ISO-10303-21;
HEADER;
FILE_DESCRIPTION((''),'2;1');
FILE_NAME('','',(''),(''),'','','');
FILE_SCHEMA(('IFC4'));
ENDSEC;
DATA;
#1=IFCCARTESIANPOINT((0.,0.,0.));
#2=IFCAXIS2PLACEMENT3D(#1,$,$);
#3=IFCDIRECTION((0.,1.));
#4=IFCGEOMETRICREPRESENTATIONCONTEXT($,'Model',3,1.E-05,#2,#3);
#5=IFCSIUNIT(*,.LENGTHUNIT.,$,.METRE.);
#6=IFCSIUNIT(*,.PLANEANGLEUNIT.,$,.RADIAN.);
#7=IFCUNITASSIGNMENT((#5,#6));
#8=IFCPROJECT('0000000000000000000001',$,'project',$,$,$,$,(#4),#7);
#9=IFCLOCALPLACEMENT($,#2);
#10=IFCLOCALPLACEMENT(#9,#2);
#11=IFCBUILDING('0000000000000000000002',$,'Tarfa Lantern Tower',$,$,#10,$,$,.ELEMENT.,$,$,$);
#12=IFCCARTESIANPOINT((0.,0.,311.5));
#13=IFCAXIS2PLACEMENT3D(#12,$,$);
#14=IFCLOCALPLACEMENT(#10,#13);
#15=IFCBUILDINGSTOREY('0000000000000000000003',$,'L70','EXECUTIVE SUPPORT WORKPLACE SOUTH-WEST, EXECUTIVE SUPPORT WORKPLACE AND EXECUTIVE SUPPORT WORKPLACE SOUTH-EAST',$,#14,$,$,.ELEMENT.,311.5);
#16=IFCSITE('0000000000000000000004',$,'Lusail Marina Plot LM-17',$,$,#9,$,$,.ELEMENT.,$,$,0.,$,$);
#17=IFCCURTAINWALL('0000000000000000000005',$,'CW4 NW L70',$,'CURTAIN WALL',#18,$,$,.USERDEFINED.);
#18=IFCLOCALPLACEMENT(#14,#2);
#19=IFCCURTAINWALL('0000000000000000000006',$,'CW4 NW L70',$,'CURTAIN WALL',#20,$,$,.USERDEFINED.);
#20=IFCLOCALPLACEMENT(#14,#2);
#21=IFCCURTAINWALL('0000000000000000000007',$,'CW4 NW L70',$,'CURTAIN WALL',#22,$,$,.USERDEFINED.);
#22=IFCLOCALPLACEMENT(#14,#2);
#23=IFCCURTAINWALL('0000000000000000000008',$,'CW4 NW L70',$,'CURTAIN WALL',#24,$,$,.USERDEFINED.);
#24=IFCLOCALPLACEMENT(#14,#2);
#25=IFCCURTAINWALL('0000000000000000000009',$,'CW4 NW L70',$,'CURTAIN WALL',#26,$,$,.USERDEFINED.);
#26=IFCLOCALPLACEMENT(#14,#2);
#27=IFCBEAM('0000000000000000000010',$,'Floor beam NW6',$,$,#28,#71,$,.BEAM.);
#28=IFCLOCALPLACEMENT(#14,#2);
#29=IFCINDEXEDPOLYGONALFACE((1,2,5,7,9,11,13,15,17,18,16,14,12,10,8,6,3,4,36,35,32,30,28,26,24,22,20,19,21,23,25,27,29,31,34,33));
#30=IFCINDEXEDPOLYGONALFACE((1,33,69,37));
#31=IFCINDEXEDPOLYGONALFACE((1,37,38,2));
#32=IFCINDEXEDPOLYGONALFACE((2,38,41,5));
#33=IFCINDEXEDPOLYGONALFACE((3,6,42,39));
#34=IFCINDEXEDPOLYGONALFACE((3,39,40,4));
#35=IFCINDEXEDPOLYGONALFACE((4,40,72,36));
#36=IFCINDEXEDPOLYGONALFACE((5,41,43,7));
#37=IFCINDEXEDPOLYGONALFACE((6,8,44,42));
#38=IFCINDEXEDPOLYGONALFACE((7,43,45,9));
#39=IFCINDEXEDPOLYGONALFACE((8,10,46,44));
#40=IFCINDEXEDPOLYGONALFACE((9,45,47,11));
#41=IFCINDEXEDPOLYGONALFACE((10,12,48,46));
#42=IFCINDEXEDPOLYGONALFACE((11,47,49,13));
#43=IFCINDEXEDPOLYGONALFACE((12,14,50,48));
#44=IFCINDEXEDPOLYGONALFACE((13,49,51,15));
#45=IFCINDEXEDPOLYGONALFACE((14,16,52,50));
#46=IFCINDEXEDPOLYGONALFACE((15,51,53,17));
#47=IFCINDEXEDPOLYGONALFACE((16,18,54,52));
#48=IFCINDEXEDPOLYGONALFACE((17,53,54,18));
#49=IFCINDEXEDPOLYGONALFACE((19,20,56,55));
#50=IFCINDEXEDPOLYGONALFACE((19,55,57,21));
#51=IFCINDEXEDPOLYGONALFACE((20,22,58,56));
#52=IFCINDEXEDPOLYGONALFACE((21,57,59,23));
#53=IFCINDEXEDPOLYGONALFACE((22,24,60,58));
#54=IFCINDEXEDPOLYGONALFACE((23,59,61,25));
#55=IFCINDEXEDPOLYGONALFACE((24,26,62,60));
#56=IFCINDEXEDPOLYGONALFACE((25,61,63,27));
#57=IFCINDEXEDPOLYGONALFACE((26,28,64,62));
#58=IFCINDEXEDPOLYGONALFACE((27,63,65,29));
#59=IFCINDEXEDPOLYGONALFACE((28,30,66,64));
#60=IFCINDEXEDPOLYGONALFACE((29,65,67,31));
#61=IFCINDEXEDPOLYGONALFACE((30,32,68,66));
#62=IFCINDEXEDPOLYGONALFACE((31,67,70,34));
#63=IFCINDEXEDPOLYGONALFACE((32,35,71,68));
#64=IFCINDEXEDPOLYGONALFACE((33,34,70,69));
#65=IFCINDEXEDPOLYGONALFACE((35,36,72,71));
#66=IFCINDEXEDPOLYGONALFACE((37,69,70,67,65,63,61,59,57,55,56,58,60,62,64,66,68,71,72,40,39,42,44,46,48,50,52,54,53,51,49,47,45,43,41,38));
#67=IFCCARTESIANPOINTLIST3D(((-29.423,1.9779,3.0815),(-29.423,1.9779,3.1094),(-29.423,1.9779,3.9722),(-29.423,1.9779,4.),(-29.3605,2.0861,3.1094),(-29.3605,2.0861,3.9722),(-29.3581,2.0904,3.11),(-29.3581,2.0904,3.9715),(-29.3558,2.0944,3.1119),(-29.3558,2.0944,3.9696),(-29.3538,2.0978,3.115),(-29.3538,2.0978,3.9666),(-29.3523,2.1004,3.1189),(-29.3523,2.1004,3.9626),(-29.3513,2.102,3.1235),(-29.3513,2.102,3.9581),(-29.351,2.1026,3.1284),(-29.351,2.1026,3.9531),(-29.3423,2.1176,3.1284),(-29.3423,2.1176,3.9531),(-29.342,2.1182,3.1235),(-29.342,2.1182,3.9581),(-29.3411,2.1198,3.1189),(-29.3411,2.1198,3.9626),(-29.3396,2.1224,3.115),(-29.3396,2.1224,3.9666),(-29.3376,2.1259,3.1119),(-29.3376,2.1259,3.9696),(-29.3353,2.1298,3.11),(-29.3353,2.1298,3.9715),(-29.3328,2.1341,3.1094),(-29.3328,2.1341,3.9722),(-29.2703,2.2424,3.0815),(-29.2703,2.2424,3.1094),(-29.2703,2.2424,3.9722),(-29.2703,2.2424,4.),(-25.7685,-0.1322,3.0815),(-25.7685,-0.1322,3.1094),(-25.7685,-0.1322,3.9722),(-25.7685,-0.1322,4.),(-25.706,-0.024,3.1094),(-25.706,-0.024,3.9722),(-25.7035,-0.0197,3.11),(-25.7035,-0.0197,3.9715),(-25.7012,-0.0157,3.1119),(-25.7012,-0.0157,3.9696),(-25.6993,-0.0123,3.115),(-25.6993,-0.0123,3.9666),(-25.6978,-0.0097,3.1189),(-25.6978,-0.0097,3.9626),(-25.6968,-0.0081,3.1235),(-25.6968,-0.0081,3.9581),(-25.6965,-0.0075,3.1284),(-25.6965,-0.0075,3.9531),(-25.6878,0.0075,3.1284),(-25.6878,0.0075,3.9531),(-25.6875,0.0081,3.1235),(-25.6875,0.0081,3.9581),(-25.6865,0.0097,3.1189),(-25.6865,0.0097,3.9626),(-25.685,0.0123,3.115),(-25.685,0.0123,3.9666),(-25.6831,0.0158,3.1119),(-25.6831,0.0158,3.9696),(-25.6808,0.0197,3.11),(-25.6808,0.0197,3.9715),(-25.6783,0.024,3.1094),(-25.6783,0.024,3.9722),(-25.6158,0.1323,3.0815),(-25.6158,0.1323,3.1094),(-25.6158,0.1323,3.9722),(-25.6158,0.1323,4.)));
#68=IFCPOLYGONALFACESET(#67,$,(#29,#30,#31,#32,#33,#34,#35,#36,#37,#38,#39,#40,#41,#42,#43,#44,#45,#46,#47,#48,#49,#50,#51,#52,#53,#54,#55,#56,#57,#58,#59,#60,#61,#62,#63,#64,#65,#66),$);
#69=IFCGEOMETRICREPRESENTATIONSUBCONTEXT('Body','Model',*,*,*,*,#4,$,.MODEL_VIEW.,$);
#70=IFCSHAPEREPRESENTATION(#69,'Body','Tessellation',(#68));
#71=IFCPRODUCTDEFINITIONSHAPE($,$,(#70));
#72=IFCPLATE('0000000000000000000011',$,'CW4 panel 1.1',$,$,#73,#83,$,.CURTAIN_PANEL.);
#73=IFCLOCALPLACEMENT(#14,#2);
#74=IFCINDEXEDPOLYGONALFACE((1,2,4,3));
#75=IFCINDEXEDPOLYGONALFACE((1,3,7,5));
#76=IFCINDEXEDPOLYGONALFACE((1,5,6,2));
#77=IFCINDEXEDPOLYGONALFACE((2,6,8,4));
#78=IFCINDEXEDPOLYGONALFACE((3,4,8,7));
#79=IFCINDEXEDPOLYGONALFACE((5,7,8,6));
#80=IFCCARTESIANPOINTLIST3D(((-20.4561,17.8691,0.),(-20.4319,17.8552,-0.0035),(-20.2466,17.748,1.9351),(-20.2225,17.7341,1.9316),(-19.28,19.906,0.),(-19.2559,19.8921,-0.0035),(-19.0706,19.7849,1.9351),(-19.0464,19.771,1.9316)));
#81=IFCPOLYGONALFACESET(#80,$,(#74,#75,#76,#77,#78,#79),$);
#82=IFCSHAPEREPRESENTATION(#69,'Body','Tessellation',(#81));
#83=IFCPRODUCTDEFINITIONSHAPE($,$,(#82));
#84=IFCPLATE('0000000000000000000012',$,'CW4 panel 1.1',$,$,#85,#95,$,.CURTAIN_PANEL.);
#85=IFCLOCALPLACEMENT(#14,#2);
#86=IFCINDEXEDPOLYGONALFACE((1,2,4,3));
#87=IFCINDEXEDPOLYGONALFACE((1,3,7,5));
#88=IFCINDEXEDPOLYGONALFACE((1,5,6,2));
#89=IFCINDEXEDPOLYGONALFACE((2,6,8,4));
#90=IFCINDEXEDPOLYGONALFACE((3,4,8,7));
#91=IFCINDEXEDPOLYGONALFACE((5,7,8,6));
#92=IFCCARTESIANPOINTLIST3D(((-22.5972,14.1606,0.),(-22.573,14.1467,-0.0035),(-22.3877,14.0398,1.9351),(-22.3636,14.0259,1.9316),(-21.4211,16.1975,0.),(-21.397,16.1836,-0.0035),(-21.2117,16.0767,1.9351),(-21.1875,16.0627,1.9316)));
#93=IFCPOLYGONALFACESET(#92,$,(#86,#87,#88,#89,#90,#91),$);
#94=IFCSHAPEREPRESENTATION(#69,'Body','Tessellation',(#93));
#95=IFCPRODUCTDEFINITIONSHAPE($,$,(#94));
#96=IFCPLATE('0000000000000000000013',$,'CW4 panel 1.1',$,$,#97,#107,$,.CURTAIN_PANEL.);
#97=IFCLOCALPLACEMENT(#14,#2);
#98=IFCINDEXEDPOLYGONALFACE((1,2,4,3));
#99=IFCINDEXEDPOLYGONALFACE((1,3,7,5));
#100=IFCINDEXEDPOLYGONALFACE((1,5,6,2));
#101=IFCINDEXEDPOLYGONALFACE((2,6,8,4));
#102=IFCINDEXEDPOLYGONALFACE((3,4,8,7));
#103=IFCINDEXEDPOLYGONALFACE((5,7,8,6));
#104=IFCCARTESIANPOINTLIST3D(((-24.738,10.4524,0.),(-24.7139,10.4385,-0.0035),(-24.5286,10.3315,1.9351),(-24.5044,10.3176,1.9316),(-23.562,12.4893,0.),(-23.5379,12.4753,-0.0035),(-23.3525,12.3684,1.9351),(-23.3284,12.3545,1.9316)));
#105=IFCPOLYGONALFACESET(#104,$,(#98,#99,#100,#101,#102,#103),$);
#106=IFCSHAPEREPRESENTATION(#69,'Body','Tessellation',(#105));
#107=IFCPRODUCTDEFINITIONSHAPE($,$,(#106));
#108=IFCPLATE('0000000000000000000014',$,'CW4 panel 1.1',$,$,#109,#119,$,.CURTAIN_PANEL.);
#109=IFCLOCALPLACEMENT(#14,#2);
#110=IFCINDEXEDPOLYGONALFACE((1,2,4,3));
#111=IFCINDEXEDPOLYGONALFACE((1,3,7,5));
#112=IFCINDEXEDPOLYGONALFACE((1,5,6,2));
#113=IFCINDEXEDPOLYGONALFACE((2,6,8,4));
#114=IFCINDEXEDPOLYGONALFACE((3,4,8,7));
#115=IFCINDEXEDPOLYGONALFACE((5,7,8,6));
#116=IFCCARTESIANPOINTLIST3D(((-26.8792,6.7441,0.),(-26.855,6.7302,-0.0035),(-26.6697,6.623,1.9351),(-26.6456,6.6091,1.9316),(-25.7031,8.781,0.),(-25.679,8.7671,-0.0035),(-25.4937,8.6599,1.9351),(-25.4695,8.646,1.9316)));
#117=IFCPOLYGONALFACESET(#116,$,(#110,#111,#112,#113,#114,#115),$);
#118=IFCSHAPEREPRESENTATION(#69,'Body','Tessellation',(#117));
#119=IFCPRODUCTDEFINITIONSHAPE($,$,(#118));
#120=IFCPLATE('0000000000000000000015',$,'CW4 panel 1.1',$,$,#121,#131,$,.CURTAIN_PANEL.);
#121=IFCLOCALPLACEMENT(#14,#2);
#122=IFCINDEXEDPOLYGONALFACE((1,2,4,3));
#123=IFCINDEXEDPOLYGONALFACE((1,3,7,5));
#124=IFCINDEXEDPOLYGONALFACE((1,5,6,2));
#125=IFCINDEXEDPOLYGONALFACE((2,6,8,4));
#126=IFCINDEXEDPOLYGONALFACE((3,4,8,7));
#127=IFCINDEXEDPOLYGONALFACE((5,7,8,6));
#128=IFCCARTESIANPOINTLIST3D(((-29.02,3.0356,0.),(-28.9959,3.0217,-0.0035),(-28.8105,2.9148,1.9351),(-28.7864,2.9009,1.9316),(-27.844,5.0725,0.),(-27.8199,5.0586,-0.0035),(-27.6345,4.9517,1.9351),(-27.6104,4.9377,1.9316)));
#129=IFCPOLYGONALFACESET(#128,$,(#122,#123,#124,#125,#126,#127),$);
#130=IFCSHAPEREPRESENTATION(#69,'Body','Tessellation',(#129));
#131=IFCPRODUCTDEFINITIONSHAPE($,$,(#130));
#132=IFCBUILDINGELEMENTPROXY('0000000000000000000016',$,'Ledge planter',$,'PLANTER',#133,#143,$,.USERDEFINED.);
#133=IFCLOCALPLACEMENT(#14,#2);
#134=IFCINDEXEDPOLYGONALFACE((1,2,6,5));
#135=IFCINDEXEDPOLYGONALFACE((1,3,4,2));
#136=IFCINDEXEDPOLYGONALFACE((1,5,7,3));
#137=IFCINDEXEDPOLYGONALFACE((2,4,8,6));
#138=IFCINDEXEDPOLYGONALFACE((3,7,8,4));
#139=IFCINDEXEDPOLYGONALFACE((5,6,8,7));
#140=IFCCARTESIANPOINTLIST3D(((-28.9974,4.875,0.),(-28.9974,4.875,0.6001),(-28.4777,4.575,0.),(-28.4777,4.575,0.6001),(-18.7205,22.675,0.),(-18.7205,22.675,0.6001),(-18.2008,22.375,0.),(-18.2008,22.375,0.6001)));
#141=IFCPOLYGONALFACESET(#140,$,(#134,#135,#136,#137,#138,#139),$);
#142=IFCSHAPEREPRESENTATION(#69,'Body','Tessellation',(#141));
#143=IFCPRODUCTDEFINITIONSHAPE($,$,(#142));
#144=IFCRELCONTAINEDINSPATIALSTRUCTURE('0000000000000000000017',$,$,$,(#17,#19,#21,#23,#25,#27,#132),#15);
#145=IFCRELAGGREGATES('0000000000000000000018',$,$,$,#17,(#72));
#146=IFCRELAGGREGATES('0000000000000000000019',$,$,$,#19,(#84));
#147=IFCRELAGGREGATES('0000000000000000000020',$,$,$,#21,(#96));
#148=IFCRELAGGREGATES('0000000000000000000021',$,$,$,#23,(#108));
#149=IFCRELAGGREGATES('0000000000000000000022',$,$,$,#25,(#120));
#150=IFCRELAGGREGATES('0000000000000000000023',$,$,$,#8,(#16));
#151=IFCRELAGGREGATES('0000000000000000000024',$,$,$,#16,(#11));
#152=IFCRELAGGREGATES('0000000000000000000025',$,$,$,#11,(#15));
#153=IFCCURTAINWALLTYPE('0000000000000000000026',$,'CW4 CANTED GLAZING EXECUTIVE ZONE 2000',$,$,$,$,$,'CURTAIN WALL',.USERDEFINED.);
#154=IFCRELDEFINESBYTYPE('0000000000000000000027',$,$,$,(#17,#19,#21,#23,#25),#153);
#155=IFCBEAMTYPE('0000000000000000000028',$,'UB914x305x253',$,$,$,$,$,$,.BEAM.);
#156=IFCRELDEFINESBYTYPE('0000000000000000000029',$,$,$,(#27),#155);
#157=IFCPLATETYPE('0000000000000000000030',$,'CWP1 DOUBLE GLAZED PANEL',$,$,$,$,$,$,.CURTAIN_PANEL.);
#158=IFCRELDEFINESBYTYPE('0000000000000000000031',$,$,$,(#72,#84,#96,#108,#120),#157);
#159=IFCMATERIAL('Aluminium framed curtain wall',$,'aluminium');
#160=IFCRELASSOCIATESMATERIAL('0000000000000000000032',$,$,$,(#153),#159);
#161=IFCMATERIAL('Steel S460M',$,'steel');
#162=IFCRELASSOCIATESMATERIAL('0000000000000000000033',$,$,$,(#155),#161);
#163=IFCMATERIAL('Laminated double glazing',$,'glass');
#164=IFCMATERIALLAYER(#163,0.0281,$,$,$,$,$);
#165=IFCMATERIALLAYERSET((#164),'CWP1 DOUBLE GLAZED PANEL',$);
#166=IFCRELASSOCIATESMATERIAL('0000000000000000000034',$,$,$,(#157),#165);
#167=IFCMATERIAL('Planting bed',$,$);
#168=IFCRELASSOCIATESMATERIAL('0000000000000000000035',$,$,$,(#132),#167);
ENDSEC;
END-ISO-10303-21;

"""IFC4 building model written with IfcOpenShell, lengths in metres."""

from ifc_helpers import new_model, si_unit, direction, frame, origin, origin_2d, place, context, subcontext, project, spatial, polyline, rectangle, i_section, outline, extrude, material, layer, layer_set, material_profile, profile_set, type_object, element, aggregate, save


model = new_model("IFC4")

# Units and contexts
model_context = context("Model", 3, precision=1e-05, world=origin(), true_north=direction((0.0, 1.0)))
body_context = subcontext(model_context, "Body", "Model", "MODEL_VIEW")
ifc_project = project(units=[si_unit("LENGTHUNIT", "METRE"), si_unit("PLANEANGLEUNIT", "RADIAN")], contexts=[model_context])

# Site, building, storey
site_placement = place(None, origin())
site = spatial("IfcSite", under=ifc_project, at=site_placement, Name="Lusail Marina Plot LM-17", CompositionType="ELEMENT", RefElevation=0.0)
building_placement = place(site_placement, origin())
building = spatial("IfcBuilding", under=site, at=building_placement, Name="Tarfa Lantern Tower", CompositionType="ELEMENT")
storey_placement = place(building_placement, frame((0.0, 0.0, 311.5)))
storey = spatial("IfcBuildingStorey", under=building, at=storey_placement, Name="L70", Description="EXECUTIVE SUPPORT WORKPLACE SOUTH-WEST, EXECUTIVE SUPPORT WORKPLACE AND EXECUTIVE SUPPORT WORKPLACE SOUTH-EAST", CompositionType="ELEMENT", Elevation=311.5)

# Shared definitions
ifc_material_1 = material(Name="Steel S460M", Category="steel")

# Curtain walls
ifc_material_2 = material(Name="Aluminium framed curtain wall", Category="aluminium")
curtain_wall_type = type_object("IfcCurtainWallType", Name="CW4 CANTED GLAZING EXECUTIVE ZONE 2000", ElementType="CURTAIN WALL", PredefinedType="USERDEFINED", material=ifc_material_2)
curtain_wall_1_placement = place(storey_placement, origin())
curtain_wall_1 = element("IfcCurtainWall", 1, at=curtain_wall_1_placement, inside=storey, type_object=curtain_wall_type, Name="CW4 NW L70", ObjectType="CURTAIN WALL", PredefinedType="USERDEFINED")
curtain_wall_2_placement = place(storey_placement, origin())
curtain_wall_2 = element("IfcCurtainWall", 2, at=curtain_wall_2_placement, inside=storey, type_object=curtain_wall_type, Name="CW4 NW L70", ObjectType="CURTAIN WALL", PredefinedType="USERDEFINED")
curtain_wall_3_placement = place(storey_placement, origin())
curtain_wall_3 = element("IfcCurtainWall", 3, at=curtain_wall_3_placement, inside=storey, type_object=curtain_wall_type, Name="CW4 NW L70", ObjectType="CURTAIN WALL", PredefinedType="USERDEFINED")
curtain_wall_4_placement = place(storey_placement, origin())
curtain_wall_4 = element("IfcCurtainWall", 4, at=curtain_wall_4_placement, inside=storey, type_object=curtain_wall_type, Name="CW4 NW L70", ObjectType="CURTAIN WALL", PredefinedType="USERDEFINED")
curtain_wall_5_placement = place(storey_placement, origin())
curtain_wall_5 = element("IfcCurtainWall", 5, at=curtain_wall_5_placement, inside=storey, type_object=curtain_wall_type, Name="CW4 NW L70", ObjectType="CURTAIN WALL", PredefinedType="USERDEFINED")

# Beam
ifc_material_profile_1 = material_profile(ifc_material_1, i_section(OverallWidth=0.3054, OverallDepth=0.9185, WebThickness=0.0173, FlangeThickness=0.0278, FilletRadius=0.019, at=origin_2d()), Name="UB914x305x253")
ifc_profile_set_1 = profile_set([ifc_material_profile_1], Name="Steel S460M")
beam_type_1 = type_object("IfcBeamType", Name="UB914x305x253", PredefinedType="BEAM", material=ifc_profile_set_1)
beam_1_placement = place(storey_placement, frame((-29.3467, 2.1101, 3.5408), z_axis=(0.866009, -0.500028, 0.0), x_axis=(0.500028, 0.866009, 0.0)))
element("IfcBeam", 6, at=beam_1_placement, inside=storey, type_object=beam_type_1, Name="Floor beam NW6", PredefinedType="BEAM", context=body_context, shape_type="SweptSolid", body=[
    extrude(i_section(OverallWidth=0.3054, OverallDepth=0.9185, WebThickness=0.0173, FlangeThickness=0.0278, FilletRadius=0.019, at=origin_2d()), origin(), (0.0, 0.0, 1.0), 4.22),
])

# Plates
ifc_material_3 = material(Name="Laminated double glazing", Category="glass")
ifc_layer = layer(ifc_material_3, 0.0281)
ifc_layer_set = layer_set([ifc_layer], Name="CWP1 DOUBLE GLAZED PANEL")
plate_type = type_object("IfcPlateType", Name="CWP1 DOUBLE GLAZED PANEL", PredefinedType="CURTAIN_PANEL", material=ifc_layer_set)
plate_1_placement = place(storey_placement, frame((-19.28, 19.906, 0.0), z_axis=(-0.859326, 0.49615, 0.124072), x_axis=(-0.500013, -0.866018, 0.0)))
plate_1 = element("IfcPlate", 7, at=plate_1_placement, type_object=plate_type, Name="CW4 panel 1.1", PredefinedType="CURTAIN_PANEL", context=body_context, shape_type="SweptSolid", body=[
    extrude(outline(polyline([(0.0, 0.0), (2.352, 0.0), (2.3521, 1.9501), (0.0001, 1.9501), (0.0, 0.0)])), origin(), (0.0, 0.0, -1.0), 0.0281),
])
aggregate(curtain_wall_1, [plate_1])
plate_2_placement = place(storey_placement, frame((-21.4211, 16.1975, 0.0), z_axis=(-0.859333, 0.496153, 0.12401), x_axis=(-0.500013, -0.866018, 0.0)))
plate_2 = element("IfcPlate", 8, at=plate_2_placement, type_object=plate_type, Name="CW4 panel 1.1", PredefinedType="CURTAIN_PANEL", context=body_context, shape_type="SweptSolid", body=[
    extrude(outline(polyline([(0.0, 0.0), (2.352, 0.0), (2.3519, 1.9501), (-0.0001, 1.9501), (0.0, 0.0)])), origin(), (0.0, 0.0, -1.0), 0.0281),
])
aggregate(curtain_wall_2, [plate_2])
plate_3_placement = place(storey_placement, frame((-23.562, 12.4893, 0.0), z_axis=(-0.859333, 0.496153, 0.12401), x_axis=(-0.500013, -0.866018, 0.0)))
plate_3 = element("IfcPlate", 9, at=plate_3_placement, type_object=plate_type, Name="CW4 panel 1.1", PredefinedType="CURTAIN_PANEL", context=body_context, shape_type="SweptSolid", body=[
    extrude(outline(polyline([(0.0, 0.0), (2.352, 0.0), (2.3519, 1.9501), (-0.0001, 1.9501), (0.0, 0.0)])), origin(), (0.0, 0.0, -1.0), 0.0281),
])
aggregate(curtain_wall_3, [plate_3])
plate_4_placement = place(storey_placement, frame((-25.7031, 8.781, 0.0), z_axis=(-0.859326, 0.49615, 0.124072), x_axis=(-0.500013, -0.866018, 0.0)))
plate_4 = element("IfcPlate", 10, at=plate_4_placement, type_object=plate_type, Name="CW4 panel 1.1", PredefinedType="CURTAIN_PANEL", context=body_context, shape_type="SweptSolid", body=[
    extrude(outline(polyline([(0.0, 0.0), (2.352, 0.0), (2.3521, 1.9501), (0.0001, 1.9501), (0.0, 0.0)])), origin(), (0.0, 0.0, -1.0), 0.0281),
])
aggregate(curtain_wall_4, [plate_4])
plate_5_placement = place(storey_placement, frame((-27.844, 5.0725, 0.0), z_axis=(-0.859333, 0.496153, 0.12401), x_axis=(-0.500013, -0.866018, 0.0)))
plate_5 = element("IfcPlate", 11, at=plate_5_placement, type_object=plate_type, Name="CW4 panel 1.1", PredefinedType="CURTAIN_PANEL", context=body_context, shape_type="SweptSolid", body=[
    extrude(outline(polyline([(0.0, 0.0), (2.352, 0.0), (2.3519, 1.9501), (-0.0001, 1.9501), (0.0, 0.0)])), origin(), (0.0, 0.0, -1.0), 0.0281),
])
aggregate(curtain_wall_5, [plate_5])

# Building element proxy
ifc_material_4 = material(Name="Planting bed")
proxy_placement = place(storey_placement, frame((-23.5991, 13.625, 0.0), z_axis=(0.0, 0.0, 1.0), x_axis=(-0.5, -0.866025, 0.0)))
element("IfcBuildingElementProxy", 12, at=proxy_placement, inside=storey, material=ifc_material_4, Name="Ledge planter", ObjectType="PLANTER", PredefinedType="USERDEFINED", context=body_context, shape_type="SweptSolid", body=[
    extrude(rectangle(XDim=20.5537, YDim=0.6001, at=origin_2d()), origin(), (0.0, 0.0, 1.0), 0.6001),
])

save(model, "model.ifc")
